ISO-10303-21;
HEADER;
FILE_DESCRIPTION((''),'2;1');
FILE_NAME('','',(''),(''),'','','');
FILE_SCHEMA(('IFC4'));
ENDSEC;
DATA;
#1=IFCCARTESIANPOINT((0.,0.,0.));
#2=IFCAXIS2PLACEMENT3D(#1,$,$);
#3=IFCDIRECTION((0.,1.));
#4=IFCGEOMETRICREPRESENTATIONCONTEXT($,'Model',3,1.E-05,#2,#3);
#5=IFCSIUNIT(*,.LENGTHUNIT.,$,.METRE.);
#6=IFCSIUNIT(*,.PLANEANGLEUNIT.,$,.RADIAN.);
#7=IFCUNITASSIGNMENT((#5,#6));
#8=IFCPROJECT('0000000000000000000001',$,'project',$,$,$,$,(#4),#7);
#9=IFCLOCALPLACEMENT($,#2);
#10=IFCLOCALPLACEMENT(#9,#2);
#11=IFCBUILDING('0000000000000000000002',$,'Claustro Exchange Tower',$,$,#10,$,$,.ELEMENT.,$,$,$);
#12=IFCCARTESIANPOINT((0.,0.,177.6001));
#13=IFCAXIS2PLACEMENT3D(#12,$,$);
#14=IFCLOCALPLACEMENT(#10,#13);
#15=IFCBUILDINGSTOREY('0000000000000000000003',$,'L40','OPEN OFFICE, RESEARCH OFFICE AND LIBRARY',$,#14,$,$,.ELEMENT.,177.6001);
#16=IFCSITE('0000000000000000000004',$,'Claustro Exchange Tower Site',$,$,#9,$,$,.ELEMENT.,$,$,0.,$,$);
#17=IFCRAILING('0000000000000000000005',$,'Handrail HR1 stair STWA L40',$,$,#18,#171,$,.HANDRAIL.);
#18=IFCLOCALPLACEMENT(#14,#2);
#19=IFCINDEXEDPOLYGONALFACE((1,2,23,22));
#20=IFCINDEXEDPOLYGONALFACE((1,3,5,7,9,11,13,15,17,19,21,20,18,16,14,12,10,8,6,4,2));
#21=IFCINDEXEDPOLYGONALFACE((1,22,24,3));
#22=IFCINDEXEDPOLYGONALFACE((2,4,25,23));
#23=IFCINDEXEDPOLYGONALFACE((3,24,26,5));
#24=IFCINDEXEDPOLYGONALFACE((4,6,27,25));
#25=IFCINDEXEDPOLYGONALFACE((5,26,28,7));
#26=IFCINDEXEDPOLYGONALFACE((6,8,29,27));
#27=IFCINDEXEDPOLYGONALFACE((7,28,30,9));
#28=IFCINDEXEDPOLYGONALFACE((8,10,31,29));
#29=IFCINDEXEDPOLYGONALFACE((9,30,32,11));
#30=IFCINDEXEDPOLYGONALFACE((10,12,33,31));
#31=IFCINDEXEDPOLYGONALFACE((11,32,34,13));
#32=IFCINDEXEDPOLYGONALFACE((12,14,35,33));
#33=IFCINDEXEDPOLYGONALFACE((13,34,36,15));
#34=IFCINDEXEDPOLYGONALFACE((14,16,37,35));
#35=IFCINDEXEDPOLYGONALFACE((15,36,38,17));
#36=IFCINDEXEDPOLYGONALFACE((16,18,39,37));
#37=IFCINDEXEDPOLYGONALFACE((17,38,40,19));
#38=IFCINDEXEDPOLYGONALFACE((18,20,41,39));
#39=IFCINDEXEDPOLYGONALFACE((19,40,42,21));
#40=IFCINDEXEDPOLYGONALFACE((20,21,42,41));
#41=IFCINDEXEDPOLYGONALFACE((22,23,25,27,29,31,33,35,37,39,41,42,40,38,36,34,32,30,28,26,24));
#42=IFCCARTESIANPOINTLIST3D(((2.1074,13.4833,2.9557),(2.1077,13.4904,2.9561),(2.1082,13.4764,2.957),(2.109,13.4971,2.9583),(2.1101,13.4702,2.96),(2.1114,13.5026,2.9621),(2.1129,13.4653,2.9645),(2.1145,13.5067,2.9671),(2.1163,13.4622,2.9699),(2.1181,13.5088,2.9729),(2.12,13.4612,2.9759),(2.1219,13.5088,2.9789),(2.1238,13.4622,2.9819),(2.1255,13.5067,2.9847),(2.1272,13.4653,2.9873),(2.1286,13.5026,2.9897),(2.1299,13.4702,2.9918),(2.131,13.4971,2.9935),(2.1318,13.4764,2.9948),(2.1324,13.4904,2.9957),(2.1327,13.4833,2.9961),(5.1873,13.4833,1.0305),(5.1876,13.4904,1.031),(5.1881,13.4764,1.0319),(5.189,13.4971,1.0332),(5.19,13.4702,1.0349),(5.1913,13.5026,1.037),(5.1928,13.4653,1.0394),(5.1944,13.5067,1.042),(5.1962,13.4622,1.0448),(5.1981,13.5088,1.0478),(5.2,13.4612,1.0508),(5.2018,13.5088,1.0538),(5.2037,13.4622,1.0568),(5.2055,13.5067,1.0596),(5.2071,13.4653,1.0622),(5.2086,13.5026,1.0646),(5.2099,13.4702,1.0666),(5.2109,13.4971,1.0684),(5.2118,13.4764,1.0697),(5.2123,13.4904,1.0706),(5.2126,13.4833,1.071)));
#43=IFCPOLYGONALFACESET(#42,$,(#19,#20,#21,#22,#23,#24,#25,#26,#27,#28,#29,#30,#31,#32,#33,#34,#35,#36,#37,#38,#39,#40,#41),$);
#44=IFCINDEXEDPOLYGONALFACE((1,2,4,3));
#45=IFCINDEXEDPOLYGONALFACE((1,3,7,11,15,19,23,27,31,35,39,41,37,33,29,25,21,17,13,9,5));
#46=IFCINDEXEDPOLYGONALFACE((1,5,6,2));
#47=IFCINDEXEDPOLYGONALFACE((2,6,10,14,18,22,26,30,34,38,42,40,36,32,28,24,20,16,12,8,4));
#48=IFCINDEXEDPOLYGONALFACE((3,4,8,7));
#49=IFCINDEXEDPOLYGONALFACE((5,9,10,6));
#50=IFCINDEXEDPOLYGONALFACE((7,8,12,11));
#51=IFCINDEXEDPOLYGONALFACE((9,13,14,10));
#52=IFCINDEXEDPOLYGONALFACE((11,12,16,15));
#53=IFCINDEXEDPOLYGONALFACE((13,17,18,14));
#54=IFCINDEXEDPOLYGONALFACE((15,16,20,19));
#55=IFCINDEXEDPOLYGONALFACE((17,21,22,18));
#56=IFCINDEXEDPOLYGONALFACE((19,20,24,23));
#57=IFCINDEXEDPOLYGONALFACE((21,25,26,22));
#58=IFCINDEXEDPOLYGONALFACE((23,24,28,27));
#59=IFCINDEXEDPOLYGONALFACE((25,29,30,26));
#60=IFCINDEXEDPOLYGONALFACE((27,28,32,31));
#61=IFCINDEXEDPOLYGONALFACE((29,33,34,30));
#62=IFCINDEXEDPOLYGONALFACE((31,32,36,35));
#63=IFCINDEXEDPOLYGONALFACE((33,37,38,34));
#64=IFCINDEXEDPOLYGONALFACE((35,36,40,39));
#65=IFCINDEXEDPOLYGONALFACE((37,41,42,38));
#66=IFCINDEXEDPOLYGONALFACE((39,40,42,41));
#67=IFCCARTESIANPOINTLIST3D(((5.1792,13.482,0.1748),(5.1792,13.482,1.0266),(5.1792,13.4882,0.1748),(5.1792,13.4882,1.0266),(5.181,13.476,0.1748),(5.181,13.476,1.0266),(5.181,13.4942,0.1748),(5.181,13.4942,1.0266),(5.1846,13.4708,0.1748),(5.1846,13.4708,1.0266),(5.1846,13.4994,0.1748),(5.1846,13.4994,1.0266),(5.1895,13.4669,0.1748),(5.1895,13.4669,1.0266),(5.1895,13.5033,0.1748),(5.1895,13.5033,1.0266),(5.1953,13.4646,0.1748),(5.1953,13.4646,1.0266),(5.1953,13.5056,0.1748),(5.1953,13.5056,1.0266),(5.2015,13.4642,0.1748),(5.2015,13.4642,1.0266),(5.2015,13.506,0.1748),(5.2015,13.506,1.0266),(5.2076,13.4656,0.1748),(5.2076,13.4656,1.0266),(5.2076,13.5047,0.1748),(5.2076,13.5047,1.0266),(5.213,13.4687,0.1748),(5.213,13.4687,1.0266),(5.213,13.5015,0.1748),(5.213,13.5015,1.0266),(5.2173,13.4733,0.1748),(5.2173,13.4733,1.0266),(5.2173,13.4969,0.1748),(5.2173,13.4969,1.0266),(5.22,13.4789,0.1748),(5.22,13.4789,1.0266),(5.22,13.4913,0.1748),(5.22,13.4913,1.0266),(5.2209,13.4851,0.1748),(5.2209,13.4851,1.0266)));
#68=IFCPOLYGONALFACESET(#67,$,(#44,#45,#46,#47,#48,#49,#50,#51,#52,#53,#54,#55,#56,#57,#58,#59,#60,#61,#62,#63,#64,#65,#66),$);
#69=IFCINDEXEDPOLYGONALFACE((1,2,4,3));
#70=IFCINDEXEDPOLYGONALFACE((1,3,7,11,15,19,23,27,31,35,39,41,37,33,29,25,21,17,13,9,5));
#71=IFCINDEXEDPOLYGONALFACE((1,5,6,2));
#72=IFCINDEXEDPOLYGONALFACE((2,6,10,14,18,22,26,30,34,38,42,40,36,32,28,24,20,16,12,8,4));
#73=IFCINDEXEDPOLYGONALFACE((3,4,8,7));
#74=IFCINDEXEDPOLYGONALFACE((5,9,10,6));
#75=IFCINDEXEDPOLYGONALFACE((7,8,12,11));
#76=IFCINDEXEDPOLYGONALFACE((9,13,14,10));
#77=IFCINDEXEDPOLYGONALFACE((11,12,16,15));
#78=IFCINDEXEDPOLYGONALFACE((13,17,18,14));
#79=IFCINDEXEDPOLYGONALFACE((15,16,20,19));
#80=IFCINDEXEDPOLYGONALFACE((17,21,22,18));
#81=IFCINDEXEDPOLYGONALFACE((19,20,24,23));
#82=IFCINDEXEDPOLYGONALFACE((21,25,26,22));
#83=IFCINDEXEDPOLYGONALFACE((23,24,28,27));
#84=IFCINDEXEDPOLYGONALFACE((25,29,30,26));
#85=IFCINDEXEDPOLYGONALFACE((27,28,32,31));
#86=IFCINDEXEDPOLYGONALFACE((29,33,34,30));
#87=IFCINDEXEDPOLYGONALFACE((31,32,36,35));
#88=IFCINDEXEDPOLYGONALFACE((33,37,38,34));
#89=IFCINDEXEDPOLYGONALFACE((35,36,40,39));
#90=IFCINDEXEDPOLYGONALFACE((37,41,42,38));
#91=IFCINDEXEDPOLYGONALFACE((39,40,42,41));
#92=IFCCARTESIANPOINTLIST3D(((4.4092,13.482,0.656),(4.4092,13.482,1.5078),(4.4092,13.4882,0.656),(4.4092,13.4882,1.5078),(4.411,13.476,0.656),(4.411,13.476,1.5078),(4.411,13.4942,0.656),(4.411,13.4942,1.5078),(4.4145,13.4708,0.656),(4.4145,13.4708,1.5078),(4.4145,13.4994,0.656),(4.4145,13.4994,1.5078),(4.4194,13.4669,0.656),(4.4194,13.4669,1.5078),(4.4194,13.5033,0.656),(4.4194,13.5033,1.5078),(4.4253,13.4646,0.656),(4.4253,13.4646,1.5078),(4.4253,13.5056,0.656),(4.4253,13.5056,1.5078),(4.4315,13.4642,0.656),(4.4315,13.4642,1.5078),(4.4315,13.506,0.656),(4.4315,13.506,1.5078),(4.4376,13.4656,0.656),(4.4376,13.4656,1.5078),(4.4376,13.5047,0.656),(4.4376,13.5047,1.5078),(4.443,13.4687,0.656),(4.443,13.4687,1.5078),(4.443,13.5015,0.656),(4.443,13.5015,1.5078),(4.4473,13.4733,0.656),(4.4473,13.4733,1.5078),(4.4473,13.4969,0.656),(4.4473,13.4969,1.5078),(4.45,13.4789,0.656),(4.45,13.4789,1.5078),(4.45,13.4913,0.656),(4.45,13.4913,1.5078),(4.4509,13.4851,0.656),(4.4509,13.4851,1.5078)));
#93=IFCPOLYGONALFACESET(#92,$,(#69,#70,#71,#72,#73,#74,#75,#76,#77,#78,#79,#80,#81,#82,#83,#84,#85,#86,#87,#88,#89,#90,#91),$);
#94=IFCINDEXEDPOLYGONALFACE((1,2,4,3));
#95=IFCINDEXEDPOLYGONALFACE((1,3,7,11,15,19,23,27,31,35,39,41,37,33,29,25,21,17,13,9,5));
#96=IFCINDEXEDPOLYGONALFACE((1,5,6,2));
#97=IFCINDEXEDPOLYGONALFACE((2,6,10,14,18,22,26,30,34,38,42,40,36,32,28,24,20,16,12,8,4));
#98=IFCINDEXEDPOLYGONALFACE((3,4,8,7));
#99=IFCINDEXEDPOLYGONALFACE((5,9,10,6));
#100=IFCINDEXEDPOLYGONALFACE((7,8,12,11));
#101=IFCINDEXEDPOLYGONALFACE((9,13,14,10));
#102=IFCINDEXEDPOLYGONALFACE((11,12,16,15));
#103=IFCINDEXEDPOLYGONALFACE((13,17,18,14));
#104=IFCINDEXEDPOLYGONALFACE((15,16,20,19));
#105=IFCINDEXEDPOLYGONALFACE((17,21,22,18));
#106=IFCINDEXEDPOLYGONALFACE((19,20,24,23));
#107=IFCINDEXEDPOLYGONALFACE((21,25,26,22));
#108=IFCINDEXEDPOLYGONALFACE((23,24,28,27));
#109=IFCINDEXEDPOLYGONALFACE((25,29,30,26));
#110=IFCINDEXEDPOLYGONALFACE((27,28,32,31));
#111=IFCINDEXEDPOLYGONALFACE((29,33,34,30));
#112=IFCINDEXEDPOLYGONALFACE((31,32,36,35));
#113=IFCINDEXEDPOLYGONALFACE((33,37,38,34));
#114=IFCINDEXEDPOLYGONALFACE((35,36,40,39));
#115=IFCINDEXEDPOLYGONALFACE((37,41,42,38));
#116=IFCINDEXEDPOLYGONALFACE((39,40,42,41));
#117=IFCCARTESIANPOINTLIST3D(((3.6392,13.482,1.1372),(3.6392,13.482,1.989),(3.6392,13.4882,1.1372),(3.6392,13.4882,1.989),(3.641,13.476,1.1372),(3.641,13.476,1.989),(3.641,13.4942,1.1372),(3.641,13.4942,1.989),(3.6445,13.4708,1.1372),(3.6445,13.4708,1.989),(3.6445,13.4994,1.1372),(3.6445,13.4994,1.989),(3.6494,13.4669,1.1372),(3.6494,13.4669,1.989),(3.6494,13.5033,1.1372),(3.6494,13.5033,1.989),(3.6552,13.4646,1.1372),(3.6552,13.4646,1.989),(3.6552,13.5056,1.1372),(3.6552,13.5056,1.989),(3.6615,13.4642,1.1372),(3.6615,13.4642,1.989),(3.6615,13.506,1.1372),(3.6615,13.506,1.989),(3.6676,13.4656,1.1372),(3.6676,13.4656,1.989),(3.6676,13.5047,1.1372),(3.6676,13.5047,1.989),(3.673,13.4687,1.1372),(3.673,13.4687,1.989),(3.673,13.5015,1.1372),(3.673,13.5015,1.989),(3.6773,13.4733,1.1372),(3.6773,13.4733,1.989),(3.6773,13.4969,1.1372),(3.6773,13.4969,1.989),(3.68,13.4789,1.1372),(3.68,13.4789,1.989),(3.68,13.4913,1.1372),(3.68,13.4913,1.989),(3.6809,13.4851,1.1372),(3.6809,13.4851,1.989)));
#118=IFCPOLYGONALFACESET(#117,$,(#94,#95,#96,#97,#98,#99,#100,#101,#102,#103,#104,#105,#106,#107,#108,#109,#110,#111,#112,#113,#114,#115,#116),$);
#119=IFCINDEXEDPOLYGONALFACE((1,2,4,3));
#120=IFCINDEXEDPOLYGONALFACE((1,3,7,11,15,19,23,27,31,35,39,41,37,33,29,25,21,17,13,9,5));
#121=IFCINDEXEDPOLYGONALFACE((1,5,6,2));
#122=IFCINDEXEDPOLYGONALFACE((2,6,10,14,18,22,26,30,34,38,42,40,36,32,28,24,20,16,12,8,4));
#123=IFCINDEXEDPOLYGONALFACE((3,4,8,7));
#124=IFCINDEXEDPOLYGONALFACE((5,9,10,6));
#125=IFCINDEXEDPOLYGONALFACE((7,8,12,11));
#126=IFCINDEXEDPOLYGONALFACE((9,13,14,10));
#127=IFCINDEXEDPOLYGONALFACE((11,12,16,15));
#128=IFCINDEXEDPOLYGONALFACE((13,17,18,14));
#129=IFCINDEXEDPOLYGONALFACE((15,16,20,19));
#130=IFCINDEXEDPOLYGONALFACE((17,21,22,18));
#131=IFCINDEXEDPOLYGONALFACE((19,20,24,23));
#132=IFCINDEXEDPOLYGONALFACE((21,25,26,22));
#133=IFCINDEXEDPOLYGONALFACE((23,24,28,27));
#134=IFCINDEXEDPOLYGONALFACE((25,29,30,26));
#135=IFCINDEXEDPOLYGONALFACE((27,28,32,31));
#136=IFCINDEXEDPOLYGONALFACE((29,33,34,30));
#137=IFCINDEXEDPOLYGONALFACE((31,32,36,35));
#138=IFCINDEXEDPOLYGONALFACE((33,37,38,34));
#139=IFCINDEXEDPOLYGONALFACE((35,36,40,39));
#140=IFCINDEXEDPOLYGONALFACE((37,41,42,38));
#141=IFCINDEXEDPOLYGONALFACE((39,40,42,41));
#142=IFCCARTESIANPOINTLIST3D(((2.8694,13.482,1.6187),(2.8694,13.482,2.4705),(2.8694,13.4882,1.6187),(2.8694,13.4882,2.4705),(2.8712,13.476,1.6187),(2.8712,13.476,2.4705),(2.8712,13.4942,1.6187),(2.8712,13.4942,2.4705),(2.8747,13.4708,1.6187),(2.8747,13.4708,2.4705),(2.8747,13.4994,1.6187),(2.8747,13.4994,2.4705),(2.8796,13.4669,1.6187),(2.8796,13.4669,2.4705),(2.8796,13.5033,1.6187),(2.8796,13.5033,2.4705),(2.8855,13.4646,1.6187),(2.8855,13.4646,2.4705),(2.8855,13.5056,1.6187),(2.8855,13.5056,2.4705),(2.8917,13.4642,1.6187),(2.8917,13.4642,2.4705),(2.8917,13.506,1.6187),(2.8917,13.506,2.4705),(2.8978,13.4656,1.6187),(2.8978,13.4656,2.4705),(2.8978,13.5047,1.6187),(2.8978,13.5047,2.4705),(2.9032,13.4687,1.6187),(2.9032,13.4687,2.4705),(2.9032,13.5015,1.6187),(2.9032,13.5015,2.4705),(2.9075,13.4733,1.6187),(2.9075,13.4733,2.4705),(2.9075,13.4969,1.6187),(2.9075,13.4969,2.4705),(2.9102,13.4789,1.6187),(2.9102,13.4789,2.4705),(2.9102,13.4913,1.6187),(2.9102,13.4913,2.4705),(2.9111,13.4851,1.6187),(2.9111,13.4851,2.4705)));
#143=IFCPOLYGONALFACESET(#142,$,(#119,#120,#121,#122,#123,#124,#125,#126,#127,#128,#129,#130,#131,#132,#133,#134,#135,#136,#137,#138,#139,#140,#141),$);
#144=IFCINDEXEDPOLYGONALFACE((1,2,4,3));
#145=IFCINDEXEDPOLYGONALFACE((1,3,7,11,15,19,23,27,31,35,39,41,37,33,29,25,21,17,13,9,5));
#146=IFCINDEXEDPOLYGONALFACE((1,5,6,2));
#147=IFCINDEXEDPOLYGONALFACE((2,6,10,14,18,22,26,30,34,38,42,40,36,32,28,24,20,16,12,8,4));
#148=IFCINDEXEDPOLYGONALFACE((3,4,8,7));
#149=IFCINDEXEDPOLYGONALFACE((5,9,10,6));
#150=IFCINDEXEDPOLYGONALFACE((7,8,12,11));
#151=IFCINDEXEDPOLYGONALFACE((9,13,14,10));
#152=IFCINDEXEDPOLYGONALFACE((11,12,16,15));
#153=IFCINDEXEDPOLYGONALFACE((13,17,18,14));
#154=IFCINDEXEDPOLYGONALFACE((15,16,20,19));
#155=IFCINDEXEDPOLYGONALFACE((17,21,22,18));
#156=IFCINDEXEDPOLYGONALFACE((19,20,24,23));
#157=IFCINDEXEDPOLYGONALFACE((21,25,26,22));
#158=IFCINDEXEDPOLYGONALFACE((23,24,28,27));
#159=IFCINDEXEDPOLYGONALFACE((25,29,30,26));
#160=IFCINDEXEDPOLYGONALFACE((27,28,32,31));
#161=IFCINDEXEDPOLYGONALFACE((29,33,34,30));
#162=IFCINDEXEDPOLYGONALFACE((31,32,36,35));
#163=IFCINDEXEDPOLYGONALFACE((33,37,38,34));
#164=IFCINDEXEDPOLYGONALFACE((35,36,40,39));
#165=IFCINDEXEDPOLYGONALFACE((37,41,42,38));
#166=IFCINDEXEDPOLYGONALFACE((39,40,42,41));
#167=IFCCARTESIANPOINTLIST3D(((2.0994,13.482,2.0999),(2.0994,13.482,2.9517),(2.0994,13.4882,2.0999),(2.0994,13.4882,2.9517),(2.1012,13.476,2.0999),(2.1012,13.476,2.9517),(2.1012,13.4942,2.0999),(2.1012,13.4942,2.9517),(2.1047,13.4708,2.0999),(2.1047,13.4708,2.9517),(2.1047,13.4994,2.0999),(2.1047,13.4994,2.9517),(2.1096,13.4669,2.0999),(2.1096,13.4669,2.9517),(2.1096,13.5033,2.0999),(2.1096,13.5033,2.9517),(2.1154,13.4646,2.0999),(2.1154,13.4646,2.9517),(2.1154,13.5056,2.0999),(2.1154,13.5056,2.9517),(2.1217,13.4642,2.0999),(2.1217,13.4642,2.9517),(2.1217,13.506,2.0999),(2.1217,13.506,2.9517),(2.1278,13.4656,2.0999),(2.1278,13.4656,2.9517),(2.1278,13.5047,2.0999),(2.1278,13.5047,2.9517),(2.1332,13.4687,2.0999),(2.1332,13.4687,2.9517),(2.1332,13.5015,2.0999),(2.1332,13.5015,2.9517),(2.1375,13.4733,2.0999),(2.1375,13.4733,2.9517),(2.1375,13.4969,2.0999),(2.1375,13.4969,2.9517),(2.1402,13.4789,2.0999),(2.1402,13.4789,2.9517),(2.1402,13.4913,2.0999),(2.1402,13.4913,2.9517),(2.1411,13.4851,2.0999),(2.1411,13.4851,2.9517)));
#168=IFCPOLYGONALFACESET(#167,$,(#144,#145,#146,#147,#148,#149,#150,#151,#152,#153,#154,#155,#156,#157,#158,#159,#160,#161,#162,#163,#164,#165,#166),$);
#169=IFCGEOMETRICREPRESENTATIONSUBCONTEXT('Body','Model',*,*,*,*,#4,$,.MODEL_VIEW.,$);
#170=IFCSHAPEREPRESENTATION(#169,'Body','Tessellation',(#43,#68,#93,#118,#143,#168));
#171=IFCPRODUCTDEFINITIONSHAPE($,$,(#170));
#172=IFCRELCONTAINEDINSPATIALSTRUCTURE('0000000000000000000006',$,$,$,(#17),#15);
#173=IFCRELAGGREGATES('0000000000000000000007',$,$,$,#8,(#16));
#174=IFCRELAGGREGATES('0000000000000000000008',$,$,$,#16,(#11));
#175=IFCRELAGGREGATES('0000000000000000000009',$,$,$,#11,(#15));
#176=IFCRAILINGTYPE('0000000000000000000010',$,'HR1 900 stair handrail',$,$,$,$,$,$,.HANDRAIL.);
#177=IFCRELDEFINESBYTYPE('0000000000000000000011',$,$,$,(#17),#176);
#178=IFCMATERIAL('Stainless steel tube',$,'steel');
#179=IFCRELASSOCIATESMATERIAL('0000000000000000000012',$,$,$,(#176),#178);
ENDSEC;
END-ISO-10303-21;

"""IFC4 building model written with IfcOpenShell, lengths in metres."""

from ifc_helpers import new_model, si_unit, direction, frame, origin, origin_2d, place, context, subcontext, project, spatial, circle, extrude, material, type_object, element, save


model = new_model("IFC4")

# Units and contexts
model_context = context("Model", 3, precision=1e-05, world=origin(), true_north=direction((0.0, 1.0)))
body_context = subcontext(model_context, "Body", "Model", "MODEL_VIEW")
ifc_project = project(units=[si_unit("LENGTHUNIT", "METRE"), si_unit("PLANEANGLEUNIT", "RADIAN")], contexts=[model_context])

# Site, building, storey
site_placement = place(None, origin())
site = spatial("IfcSite", under=ifc_project, at=site_placement, Name="Claustro Exchange Tower Site", CompositionType="ELEMENT", RefElevation=0.0)
building_placement = place(site_placement, origin())
building = spatial("IfcBuilding", under=site, at=building_placement, Name="Claustro Exchange Tower", CompositionType="ELEMENT")
storey_placement = place(building_placement, frame((0.0, 0.0, 177.6001)))
storey = spatial("IfcBuildingStorey", under=building, at=storey_placement, Name="L40", Description="OPEN OFFICE, RESEARCH OFFICE AND LIBRARY", CompositionType="ELEMENT", Elevation=177.6001)

# Railing
ifc_material_1 = material(Name="Stainless steel tube", Category="steel")
railing_type_1 = type_object("IfcRailingType", Name="HR1 900 stair handrail", PredefinedType="HANDRAIL", material=ifc_material_1)
railing_1_placement = place(storey_placement, frame((5.2, 13.4851, 0.1748)))
element("IfcRailing", 1, at=railing_1_placement, inside=storey, type_object=railing_type_1, Name="Handrail HR1 stair STWA L40", PredefinedType="HANDRAIL", context=body_context, shape_type="SweptSolid", body=[
    extrude(circle(Radius=0.0239, at=origin_2d()), frame((0.0, 0.0, 0.876), z_axis=(-0.847979, 0.0, 0.530029), x_axis=(0.0, -1.0, 0.0)), (0.0, 0.0, 1.0), 3.6321),
    extrude(circle(Radius=0.021, at=origin_2d()), origin(), (0.0, 0.0, 1.0), 0.8518),
    extrude(circle(Radius=0.021, at=origin_2d()), frame((-0.77, 0.0, 0.4812)), (0.0, 0.0, 1.0), 0.8518),
    extrude(circle(Radius=0.021, at=origin_2d()), frame((-1.54, 0.0, 0.9624)), (0.0, 0.0, 1.0), 0.8518),
    extrude(circle(Radius=0.021, at=origin_2d()), frame((-2.3098, 0.0, 1.4438)), (0.0, 0.0, 1.0), 0.8518),
    extrude(circle(Radius=0.021, at=origin_2d()), frame((-3.0798, 0.0, 1.925)), (0.0, 0.0, 1.0), 0.8518),
])

save(model, "model.ifc")
